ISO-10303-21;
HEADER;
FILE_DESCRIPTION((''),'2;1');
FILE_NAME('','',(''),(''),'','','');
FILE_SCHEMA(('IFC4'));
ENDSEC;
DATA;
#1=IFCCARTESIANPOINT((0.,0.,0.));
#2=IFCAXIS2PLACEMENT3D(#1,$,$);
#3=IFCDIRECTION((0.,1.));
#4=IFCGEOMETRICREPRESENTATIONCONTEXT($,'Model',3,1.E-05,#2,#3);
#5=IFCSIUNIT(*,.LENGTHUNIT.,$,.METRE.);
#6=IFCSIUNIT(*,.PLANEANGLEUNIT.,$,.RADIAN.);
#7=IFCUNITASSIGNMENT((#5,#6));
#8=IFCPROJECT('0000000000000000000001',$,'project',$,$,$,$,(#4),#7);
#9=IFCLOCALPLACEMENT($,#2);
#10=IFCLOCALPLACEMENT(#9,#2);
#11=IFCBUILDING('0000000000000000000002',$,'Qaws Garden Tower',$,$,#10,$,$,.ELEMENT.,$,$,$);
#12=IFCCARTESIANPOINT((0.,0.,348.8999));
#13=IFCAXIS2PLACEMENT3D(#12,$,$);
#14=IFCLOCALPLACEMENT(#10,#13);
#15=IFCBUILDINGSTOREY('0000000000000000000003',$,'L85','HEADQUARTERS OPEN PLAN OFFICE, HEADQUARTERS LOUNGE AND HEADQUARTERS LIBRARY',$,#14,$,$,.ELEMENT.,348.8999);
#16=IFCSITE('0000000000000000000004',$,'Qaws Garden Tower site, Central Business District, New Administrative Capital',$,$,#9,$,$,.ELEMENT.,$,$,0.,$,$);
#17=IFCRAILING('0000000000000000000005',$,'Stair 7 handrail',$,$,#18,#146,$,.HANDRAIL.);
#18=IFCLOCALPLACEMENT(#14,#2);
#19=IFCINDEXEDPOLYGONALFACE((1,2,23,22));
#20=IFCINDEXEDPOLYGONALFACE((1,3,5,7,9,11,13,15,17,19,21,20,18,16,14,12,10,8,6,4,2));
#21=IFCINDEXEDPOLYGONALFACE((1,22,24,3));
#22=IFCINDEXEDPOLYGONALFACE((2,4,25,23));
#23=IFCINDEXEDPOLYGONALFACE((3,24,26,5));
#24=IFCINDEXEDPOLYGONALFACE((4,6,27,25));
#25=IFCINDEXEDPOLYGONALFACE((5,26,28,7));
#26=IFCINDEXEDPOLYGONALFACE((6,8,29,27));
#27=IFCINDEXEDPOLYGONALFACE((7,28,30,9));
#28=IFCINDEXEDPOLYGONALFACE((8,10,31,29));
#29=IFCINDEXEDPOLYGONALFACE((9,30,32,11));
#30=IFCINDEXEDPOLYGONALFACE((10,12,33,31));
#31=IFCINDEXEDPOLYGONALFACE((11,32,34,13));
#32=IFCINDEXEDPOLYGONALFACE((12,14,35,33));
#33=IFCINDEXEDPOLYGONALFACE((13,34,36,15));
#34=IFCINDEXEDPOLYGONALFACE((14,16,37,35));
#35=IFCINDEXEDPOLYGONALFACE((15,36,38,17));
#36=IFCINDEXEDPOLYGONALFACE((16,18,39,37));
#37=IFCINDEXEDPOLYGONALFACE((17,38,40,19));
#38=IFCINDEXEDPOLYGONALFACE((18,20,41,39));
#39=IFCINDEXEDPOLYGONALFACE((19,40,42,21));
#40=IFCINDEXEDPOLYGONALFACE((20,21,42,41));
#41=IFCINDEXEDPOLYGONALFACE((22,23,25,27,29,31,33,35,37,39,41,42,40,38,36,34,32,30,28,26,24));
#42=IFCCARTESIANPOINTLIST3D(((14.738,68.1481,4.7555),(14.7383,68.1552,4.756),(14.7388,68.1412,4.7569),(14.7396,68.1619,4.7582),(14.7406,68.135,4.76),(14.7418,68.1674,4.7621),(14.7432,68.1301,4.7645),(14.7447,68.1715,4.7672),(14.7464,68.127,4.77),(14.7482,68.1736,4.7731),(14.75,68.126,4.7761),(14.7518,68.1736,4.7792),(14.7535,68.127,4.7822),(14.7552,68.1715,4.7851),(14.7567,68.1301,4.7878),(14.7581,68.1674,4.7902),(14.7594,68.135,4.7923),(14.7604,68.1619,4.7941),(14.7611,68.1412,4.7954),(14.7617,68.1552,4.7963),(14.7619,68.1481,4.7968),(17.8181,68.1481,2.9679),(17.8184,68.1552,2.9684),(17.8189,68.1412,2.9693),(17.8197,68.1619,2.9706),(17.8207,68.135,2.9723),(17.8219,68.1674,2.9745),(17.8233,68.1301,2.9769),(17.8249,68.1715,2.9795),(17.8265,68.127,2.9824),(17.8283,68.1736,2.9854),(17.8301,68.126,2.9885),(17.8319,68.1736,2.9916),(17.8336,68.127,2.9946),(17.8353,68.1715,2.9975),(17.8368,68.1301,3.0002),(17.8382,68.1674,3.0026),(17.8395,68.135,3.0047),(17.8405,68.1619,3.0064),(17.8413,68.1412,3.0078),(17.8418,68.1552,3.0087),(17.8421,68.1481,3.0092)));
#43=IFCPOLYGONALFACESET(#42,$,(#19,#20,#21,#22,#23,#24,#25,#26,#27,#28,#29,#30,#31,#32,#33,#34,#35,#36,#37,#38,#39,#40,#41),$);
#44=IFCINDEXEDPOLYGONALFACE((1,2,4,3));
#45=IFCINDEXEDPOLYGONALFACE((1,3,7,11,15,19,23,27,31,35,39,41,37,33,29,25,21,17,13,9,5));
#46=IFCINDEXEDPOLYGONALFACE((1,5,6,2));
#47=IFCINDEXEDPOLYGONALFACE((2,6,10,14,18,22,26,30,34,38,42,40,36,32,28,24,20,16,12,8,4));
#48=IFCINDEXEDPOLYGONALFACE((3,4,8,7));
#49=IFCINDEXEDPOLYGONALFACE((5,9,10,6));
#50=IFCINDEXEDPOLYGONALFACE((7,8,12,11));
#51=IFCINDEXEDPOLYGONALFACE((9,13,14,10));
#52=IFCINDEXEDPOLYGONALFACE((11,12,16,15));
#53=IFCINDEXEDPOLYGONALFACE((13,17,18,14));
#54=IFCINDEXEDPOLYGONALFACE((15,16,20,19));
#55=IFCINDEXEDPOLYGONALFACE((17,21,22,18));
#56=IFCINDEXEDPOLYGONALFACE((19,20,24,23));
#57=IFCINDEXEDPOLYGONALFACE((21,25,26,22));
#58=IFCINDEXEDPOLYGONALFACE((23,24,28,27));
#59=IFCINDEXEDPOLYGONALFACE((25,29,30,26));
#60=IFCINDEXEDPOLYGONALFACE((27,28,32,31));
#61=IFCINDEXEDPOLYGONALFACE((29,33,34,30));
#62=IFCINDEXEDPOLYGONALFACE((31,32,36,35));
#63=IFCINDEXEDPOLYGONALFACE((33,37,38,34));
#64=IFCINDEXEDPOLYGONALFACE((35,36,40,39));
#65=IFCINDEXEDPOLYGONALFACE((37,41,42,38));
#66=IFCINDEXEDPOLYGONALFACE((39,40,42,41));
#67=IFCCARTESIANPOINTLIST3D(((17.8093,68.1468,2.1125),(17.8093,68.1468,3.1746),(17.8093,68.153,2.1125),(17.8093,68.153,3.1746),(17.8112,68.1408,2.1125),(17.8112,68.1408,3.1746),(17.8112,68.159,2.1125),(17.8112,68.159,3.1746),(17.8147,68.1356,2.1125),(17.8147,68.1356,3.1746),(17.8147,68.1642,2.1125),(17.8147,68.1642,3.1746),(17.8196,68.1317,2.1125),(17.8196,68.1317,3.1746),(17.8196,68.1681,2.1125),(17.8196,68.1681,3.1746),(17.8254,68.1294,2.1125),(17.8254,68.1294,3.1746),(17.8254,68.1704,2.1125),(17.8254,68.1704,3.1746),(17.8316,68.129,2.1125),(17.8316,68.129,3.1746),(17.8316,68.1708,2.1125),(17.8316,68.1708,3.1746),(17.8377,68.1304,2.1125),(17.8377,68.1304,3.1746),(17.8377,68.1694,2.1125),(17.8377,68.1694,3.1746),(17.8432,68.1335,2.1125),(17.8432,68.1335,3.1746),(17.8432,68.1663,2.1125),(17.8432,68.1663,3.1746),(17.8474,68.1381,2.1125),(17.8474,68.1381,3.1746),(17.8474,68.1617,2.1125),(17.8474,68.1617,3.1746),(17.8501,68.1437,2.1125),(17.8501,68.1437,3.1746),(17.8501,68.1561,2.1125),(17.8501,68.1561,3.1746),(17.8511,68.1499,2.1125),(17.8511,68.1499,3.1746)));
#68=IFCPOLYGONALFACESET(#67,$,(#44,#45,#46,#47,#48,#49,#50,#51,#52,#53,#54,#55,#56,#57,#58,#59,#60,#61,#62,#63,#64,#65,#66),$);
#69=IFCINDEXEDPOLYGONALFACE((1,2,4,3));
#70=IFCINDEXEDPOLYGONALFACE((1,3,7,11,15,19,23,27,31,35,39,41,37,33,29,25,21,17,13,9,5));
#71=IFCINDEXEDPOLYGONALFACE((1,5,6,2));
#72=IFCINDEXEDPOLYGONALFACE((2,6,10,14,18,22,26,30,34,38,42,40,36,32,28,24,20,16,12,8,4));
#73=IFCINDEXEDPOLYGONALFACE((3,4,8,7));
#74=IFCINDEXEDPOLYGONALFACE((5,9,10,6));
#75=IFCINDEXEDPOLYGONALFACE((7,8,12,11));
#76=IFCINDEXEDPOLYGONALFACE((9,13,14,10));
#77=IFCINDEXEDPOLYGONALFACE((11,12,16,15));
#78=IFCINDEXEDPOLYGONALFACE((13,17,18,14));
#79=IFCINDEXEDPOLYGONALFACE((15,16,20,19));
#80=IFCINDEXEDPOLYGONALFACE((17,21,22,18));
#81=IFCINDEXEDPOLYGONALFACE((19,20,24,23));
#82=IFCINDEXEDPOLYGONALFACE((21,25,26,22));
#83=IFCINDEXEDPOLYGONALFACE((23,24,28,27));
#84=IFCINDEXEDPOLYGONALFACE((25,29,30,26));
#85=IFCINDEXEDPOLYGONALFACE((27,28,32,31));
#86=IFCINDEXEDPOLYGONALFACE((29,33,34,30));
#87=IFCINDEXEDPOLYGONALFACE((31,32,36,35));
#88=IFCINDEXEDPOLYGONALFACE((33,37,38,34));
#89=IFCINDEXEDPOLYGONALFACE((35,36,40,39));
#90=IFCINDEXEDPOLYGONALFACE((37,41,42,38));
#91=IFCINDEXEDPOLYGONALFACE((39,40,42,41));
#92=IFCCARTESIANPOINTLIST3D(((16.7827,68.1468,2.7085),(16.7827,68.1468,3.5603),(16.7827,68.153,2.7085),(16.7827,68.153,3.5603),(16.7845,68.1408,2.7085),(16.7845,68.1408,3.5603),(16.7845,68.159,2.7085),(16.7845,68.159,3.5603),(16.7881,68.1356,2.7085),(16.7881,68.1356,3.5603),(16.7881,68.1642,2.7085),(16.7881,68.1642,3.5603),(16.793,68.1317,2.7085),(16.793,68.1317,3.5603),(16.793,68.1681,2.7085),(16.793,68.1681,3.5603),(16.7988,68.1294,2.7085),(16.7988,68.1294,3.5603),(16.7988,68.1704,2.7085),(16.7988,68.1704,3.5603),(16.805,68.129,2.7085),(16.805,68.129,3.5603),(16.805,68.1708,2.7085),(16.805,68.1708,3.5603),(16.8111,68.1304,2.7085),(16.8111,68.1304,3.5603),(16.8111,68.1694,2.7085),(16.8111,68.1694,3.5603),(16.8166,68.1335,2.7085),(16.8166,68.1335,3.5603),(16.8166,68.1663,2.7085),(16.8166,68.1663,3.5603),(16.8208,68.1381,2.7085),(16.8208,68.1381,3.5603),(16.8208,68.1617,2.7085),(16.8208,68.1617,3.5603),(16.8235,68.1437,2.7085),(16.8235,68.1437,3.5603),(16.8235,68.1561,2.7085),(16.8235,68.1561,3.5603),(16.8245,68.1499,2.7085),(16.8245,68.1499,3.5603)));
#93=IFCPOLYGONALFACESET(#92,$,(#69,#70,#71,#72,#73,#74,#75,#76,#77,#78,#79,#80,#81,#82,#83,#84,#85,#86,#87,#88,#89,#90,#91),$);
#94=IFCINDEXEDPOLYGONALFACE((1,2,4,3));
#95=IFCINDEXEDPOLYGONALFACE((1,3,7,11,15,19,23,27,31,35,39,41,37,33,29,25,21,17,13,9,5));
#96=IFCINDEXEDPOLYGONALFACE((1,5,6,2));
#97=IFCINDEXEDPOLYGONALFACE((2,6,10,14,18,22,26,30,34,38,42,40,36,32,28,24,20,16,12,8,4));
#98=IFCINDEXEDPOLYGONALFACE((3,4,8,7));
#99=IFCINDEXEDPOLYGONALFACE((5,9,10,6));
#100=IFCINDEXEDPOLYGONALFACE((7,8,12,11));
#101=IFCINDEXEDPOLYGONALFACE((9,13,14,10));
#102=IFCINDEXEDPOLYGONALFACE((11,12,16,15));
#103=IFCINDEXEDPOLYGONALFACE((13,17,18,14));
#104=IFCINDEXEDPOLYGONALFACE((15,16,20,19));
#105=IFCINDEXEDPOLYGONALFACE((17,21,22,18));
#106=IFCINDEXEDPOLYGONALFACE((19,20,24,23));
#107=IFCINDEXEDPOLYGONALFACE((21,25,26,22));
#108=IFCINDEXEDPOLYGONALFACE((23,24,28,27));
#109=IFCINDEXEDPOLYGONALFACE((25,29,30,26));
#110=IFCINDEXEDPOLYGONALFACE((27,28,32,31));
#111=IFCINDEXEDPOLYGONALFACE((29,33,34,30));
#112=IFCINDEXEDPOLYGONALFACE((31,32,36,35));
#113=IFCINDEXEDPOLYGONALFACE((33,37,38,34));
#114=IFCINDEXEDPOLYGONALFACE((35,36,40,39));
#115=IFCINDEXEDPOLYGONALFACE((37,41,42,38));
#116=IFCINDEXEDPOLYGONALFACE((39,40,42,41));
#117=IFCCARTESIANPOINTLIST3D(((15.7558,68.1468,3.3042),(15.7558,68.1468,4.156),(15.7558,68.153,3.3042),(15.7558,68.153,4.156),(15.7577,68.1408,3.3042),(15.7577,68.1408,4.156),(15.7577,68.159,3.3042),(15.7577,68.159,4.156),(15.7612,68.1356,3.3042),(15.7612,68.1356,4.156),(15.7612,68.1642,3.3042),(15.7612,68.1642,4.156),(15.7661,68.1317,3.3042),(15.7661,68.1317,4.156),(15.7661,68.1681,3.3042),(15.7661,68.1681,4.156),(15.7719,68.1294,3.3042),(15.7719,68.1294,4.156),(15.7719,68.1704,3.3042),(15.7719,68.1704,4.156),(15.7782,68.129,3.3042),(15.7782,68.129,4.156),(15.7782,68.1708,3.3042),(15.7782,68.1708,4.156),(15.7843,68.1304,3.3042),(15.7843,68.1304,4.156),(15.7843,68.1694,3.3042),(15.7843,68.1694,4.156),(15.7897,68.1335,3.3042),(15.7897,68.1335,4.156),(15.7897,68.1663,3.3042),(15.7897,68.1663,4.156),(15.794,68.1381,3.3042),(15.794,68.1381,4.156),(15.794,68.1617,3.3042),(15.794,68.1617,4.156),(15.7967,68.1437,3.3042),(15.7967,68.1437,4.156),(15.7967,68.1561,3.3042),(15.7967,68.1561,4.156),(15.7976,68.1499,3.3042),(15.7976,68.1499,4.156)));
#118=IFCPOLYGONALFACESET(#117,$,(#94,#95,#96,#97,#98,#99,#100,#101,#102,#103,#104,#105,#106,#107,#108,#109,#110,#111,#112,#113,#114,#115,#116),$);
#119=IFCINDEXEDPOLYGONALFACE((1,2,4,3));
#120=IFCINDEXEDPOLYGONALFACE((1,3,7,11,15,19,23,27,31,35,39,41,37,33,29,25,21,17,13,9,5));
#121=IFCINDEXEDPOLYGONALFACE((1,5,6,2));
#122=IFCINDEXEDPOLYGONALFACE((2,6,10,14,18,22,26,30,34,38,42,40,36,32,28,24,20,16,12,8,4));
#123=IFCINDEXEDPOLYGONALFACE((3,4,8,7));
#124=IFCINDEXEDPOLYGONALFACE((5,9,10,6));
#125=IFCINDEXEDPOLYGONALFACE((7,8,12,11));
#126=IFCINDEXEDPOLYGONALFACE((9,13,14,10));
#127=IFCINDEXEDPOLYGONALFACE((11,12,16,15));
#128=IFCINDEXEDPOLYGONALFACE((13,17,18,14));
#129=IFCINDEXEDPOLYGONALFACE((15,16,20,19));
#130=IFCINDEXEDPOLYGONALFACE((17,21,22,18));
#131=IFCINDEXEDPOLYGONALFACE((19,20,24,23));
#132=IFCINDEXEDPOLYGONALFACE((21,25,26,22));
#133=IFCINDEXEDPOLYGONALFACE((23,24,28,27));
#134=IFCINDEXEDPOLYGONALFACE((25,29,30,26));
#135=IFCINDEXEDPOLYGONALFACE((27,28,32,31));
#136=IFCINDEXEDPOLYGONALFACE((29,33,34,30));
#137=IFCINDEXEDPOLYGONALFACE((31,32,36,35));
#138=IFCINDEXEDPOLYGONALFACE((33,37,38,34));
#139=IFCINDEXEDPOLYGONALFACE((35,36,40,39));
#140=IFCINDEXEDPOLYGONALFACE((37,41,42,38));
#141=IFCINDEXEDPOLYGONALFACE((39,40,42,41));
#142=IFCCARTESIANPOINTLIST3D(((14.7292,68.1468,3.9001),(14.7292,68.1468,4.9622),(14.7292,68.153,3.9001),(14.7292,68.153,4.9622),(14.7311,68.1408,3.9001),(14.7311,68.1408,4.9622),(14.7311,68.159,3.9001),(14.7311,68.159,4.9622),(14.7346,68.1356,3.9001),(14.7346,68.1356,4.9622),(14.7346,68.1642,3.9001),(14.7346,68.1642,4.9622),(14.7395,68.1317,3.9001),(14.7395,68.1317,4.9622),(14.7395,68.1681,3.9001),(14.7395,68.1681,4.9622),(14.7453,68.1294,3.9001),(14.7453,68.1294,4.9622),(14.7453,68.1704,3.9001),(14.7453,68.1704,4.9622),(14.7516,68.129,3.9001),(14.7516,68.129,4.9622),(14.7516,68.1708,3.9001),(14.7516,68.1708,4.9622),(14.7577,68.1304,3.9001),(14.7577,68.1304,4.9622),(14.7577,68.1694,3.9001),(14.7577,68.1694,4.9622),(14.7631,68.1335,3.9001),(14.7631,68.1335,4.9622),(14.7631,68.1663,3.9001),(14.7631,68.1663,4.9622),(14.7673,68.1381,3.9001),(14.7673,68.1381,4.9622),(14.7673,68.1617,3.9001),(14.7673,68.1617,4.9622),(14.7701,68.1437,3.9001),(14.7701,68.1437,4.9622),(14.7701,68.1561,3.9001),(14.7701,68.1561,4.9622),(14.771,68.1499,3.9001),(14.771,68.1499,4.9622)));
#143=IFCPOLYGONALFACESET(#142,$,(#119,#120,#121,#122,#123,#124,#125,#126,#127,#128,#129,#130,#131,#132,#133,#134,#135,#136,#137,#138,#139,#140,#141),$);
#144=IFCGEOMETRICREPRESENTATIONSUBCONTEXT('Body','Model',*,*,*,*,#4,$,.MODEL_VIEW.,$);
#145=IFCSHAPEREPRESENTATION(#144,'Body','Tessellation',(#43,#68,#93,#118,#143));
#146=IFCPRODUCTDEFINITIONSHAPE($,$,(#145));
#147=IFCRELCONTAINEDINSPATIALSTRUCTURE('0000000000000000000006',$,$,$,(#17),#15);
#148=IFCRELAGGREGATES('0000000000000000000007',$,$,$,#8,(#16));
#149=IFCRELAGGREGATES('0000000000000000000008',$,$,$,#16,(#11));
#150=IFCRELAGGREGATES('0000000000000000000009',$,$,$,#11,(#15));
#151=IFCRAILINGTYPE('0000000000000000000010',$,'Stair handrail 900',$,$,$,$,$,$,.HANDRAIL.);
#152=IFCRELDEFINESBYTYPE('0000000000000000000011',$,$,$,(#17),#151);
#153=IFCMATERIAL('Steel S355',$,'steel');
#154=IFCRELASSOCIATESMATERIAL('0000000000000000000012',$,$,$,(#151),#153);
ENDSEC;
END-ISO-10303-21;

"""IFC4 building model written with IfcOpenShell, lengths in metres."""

from ifc_helpers import new_model, si_unit, direction, frame, origin, origin_2d, place, context, subcontext, project, spatial, circle, extrude, material, type_object, element, save


model = new_model("IFC4")

# Units and contexts
model_context = context("Model", 3, precision=1e-05, world=origin(), true_north=direction((0.0, 1.0)))
body_context = subcontext(model_context, "Body", "Model", "MODEL_VIEW")
ifc_project = project(units=[si_unit("LENGTHUNIT", "METRE"), si_unit("PLANEANGLEUNIT", "RADIAN")], contexts=[model_context])

# Site, building, storey
site_placement = place(None, origin())
site = spatial("IfcSite", under=ifc_project, at=site_placement, Name="Qaws Garden Tower site, Central Business District, New Administrative Capital", CompositionType="ELEMENT", RefElevation=0.0)
building_placement = place(site_placement, origin())
building = spatial("IfcBuilding", under=site, at=building_placement, Name="Qaws Garden Tower", CompositionType="ELEMENT")
storey_placement = place(building_placement, frame((0.0, 0.0, 348.8999)))
storey = spatial("IfcBuildingStorey", under=building, at=storey_placement, Name="L85", Description="HEADQUARTERS OPEN PLAN OFFICE, HEADQUARTERS LOUNGE AND HEADQUARTERS LIBRARY", CompositionType="ELEMENT", Elevation=348.8999)

# Railing
ifc_material_1 = material(Name="Steel S355", Category="steel")
railing_type = type_object("IfcRailingType", Name="Stair handrail 900", PredefinedType="HANDRAIL", material=ifc_material_1)
railing_1_placement = place(storey_placement, frame((17.8301, 68.1499, 2.1125)))
element("IfcRailing", 1, at=railing_1_placement, inside=storey, type_object=railing_type, Name="Stair 7 handrail", PredefinedType="HANDRAIL", context=body_context, shape_type="SweptSolid", body=[
    extrude(circle(Radius=0.0239, at=origin_2d()), frame((0.0, 0.0, 0.876), z_axis=(-0.864891, 0.0, 0.50196), x_axis=(0.0, -1.0, 0.0)), (0.0, 0.0, 1.0), 3.5613),
    extrude(circle(Radius=0.021, at=origin_2d()), origin(), (0.0, 0.0, 1.0), 1.062),
    extrude(circle(Radius=0.021, at=origin_2d()), frame((-1.0266, 0.0, 0.5959)), (0.0, 0.0, 1.0), 0.8518),
    extrude(circle(Radius=0.021, at=origin_2d()), frame((-2.0535, 0.0, 1.1917)), (0.0, 0.0, 1.0), 0.8518),
    extrude(circle(Radius=0.021, at=origin_2d()), frame((-3.0801, 0.0, 1.7876)), (0.0, 0.0, 1.0), 1.062),
])

save(model, "model.ifc")
